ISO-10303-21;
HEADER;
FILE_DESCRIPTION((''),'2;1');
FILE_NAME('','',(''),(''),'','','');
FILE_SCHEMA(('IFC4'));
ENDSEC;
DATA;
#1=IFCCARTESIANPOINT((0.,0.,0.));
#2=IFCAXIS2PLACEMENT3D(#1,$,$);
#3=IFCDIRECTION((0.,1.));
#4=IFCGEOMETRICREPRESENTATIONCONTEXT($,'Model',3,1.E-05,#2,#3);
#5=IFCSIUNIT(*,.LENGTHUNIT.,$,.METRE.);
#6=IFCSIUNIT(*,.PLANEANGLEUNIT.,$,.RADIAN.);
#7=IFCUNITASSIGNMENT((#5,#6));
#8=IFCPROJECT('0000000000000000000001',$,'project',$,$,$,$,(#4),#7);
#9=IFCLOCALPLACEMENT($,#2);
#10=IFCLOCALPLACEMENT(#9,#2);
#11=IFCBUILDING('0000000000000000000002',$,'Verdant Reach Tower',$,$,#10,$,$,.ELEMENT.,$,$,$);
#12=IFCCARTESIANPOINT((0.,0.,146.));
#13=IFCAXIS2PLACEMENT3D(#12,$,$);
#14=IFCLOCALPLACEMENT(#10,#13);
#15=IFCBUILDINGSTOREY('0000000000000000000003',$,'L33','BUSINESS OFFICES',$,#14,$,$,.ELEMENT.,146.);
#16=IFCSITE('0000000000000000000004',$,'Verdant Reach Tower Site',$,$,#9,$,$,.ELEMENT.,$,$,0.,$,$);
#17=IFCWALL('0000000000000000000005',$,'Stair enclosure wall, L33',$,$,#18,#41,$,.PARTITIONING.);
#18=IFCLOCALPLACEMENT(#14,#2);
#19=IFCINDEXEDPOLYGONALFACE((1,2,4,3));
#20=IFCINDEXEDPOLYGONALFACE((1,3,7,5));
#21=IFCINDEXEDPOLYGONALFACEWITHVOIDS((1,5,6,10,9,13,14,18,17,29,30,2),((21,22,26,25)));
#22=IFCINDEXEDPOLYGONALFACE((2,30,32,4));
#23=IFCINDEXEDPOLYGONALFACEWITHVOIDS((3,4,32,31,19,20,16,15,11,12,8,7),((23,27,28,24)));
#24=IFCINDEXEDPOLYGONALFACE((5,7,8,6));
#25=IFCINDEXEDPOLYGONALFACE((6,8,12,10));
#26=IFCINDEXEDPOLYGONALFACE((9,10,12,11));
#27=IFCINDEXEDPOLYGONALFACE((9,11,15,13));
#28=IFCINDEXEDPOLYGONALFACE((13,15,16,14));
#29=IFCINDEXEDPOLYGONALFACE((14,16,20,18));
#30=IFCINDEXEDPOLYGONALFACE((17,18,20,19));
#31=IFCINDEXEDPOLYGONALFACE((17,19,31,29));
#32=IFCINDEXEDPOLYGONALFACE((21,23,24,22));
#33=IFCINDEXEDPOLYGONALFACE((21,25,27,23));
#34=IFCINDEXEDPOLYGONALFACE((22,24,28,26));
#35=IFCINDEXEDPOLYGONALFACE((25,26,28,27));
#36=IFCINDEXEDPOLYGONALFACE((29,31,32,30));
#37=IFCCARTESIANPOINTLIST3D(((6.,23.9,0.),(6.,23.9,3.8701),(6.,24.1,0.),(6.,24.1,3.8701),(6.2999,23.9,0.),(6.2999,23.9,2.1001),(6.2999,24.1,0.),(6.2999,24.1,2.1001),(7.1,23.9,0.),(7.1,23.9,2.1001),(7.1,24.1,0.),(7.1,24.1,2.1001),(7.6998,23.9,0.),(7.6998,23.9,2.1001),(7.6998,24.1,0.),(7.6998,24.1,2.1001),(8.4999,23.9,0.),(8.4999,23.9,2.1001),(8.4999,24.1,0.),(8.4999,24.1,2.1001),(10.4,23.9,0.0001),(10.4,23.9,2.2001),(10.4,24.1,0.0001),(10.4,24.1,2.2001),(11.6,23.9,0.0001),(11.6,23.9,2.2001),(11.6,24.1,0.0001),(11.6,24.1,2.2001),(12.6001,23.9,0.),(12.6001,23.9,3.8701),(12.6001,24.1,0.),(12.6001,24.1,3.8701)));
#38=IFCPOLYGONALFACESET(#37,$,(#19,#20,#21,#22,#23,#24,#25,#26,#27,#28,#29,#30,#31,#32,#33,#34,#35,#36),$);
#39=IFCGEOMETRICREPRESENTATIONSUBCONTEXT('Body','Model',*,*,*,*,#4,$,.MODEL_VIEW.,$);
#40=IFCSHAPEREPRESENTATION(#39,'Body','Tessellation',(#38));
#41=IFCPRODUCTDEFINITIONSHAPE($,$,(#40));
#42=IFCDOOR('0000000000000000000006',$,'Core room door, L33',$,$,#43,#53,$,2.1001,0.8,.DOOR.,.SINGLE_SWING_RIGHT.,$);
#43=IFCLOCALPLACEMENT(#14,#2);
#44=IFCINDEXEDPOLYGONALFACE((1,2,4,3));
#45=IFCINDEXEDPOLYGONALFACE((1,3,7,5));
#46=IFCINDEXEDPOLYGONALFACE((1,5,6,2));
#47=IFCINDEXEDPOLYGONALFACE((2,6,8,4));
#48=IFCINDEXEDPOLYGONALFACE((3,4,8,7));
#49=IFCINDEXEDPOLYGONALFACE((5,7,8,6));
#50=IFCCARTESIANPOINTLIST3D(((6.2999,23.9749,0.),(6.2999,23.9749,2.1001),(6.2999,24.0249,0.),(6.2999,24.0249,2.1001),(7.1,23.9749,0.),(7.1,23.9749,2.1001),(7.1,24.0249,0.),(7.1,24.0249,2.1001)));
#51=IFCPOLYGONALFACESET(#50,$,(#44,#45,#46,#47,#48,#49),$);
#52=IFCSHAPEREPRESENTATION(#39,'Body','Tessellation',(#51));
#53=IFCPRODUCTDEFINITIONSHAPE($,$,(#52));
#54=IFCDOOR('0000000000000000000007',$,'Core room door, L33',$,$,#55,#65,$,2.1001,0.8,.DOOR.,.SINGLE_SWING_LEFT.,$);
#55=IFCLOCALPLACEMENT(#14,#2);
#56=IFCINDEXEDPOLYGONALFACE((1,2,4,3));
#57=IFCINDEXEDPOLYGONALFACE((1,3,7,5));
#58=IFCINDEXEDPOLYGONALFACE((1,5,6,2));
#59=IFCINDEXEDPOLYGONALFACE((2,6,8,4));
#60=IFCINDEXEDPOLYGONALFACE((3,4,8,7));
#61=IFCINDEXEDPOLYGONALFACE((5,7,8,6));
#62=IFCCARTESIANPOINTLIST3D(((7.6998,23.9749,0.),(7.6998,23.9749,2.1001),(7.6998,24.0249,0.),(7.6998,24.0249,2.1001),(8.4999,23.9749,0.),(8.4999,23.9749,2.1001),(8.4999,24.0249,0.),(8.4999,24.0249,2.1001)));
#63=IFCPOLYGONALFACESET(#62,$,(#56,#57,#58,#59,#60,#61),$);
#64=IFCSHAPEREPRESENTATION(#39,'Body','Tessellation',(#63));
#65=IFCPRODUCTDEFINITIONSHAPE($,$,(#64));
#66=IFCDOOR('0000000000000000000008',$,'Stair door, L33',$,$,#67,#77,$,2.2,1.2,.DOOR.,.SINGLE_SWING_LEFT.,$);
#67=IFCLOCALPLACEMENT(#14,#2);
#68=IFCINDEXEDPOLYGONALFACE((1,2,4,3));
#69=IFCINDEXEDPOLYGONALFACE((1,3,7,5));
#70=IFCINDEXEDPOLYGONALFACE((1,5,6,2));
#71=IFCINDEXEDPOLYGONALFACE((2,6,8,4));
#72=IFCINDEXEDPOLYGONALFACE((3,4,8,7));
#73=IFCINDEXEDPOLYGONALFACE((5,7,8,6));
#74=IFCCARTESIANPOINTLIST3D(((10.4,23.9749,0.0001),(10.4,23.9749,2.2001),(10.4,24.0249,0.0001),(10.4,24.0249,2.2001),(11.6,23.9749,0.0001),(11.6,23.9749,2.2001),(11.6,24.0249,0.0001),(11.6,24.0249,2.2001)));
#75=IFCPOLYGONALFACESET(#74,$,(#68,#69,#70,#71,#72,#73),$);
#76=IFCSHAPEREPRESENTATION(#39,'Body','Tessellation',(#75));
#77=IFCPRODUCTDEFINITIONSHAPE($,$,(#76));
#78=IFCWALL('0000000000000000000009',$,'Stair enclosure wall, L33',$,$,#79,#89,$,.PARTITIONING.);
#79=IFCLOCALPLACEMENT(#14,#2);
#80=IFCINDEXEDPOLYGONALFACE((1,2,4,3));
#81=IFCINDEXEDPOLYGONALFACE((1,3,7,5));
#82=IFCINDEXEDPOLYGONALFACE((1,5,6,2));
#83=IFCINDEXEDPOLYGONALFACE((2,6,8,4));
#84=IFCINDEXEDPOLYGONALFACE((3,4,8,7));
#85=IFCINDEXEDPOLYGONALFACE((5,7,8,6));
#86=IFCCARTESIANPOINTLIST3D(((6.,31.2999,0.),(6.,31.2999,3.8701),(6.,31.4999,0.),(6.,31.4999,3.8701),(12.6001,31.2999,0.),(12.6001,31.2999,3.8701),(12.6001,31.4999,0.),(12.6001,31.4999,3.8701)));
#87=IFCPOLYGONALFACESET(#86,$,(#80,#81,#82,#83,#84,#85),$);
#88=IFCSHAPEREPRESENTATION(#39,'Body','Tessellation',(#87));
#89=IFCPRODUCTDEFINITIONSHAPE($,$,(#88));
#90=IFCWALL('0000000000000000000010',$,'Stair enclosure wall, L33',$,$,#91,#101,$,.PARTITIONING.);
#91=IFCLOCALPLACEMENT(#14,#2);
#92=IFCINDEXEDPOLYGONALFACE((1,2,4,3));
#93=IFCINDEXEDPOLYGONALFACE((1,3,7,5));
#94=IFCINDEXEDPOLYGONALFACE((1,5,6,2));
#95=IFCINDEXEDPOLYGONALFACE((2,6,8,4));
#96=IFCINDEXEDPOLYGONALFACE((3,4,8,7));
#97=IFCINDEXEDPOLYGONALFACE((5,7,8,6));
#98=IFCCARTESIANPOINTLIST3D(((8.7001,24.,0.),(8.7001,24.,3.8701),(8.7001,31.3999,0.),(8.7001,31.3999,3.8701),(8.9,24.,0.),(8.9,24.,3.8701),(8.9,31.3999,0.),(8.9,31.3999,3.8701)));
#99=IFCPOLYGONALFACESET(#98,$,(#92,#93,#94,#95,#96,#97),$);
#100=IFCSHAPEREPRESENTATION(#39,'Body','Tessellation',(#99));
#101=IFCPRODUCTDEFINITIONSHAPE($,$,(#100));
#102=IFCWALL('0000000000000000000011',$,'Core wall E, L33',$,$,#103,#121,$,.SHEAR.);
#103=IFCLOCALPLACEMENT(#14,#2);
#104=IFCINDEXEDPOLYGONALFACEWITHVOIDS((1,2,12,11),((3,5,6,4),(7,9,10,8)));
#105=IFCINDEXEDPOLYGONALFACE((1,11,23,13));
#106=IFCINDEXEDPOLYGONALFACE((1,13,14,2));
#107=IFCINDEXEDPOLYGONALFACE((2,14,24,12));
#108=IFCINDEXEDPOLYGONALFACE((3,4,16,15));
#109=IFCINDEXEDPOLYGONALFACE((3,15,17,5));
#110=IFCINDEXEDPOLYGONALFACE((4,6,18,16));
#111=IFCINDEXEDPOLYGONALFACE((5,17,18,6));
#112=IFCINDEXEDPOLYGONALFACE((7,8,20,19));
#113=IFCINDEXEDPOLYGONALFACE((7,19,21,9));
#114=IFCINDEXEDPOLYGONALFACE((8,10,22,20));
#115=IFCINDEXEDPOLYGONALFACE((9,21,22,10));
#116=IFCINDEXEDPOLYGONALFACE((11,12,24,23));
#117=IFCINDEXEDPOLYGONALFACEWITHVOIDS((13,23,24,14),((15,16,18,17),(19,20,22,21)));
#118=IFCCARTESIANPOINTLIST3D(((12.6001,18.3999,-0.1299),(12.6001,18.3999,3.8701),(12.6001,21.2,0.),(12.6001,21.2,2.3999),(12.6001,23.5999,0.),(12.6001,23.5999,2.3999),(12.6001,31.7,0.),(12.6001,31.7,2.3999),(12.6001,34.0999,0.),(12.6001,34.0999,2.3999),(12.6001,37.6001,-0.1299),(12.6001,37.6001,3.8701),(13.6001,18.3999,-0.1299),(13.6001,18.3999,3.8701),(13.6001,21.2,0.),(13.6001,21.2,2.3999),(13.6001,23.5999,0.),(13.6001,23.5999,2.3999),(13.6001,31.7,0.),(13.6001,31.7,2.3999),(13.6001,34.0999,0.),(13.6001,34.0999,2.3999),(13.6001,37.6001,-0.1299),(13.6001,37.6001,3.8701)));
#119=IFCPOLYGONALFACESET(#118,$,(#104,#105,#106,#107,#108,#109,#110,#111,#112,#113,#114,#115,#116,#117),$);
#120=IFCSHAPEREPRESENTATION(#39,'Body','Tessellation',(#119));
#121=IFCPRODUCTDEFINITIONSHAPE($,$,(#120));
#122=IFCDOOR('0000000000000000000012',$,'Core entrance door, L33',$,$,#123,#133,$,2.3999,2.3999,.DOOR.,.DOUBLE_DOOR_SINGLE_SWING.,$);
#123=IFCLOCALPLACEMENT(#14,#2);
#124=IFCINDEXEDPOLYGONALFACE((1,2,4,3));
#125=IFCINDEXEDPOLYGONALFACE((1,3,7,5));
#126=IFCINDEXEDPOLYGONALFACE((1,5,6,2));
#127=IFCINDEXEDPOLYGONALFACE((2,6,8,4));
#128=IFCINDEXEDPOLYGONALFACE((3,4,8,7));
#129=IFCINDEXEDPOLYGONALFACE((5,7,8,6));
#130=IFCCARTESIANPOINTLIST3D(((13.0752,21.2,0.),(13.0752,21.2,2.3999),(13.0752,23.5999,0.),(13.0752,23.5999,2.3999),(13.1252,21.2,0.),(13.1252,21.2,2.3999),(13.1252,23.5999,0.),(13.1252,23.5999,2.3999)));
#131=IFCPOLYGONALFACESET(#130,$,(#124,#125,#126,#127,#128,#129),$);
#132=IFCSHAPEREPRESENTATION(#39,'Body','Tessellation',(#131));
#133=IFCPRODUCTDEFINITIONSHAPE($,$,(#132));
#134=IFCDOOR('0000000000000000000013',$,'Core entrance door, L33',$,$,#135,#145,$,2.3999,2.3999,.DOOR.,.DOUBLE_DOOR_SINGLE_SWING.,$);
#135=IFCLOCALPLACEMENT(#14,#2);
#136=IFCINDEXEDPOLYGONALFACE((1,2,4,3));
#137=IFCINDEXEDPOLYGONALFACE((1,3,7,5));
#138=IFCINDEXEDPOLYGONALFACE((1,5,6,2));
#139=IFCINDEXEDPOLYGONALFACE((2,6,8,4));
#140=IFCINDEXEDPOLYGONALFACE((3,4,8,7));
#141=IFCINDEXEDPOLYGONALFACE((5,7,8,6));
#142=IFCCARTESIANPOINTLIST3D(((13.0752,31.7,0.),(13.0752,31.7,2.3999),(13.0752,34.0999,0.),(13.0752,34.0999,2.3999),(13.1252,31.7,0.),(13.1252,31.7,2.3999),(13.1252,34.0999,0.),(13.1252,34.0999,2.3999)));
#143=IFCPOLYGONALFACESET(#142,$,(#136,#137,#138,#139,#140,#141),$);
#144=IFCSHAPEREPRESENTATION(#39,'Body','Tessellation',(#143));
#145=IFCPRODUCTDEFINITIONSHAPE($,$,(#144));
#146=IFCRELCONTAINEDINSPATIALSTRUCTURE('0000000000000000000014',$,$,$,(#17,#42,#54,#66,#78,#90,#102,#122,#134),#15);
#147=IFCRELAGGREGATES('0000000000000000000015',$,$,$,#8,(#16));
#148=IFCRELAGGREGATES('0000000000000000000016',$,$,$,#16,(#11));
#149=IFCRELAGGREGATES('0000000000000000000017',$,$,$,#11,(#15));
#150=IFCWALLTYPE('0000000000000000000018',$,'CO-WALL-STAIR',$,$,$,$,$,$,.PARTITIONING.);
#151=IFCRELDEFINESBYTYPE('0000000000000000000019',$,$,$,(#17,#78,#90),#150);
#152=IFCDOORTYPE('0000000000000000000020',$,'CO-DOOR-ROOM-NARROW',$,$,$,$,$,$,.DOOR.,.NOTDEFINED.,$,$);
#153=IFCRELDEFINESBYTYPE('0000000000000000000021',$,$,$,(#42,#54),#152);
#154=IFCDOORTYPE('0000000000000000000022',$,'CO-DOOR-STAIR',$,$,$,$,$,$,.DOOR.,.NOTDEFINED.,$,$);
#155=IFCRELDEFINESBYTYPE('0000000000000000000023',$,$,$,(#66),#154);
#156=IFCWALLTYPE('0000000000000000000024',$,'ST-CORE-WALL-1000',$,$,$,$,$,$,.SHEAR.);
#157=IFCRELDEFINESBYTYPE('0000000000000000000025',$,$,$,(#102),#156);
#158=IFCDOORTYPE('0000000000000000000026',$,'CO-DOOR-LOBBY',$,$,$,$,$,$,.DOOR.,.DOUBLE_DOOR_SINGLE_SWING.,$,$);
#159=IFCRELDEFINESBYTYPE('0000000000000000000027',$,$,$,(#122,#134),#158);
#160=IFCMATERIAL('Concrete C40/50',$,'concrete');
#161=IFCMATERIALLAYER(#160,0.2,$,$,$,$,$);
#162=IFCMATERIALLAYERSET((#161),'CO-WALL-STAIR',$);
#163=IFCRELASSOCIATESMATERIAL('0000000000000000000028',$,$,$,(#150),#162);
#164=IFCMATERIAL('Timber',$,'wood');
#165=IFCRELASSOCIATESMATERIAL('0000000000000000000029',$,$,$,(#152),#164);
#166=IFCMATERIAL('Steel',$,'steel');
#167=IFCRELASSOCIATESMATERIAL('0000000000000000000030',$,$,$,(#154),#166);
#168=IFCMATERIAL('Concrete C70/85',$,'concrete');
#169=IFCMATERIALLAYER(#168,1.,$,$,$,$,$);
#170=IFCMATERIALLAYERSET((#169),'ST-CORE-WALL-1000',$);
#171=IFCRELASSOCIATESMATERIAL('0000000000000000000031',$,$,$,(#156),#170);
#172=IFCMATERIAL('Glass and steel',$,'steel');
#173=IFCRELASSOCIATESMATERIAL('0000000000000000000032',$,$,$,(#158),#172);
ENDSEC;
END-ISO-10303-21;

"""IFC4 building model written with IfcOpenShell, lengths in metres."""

from ifc_helpers import new_model, si_unit, direction, frame, frame_2d, origin, place, context, subcontext, project, spatial, rectangle, extrude, material, layer, layer_set, type_object, element, fill, save


model = new_model("IFC4")

# Units and contexts
model_context = context("Model", 3, precision=1e-05, world=origin(), true_north=direction((0.0, 1.0)))
body_context = subcontext(model_context, "Body", "Model", "MODEL_VIEW")
ifc_project = project(units=[si_unit("LENGTHUNIT", "METRE"), si_unit("PLANEANGLEUNIT", "RADIAN")], contexts=[model_context])

# Site, building, storey
site_placement = place(None, origin())
site = spatial("IfcSite", under=ifc_project, at=site_placement, Name="Verdant Reach Tower Site", CompositionType="ELEMENT", RefElevation=0.0)
building_placement = place(site_placement, origin())
building = spatial("IfcBuilding", under=site, at=building_placement, Name="Verdant Reach Tower", CompositionType="ELEMENT")
storey_placement = place(building_placement, frame((0.0, 0.0, 146.0)))
storey = spatial("IfcBuildingStorey", under=building, at=storey_placement, Name="L33", Description="BUSINESS OFFICES", CompositionType="ELEMENT", Elevation=146.0)

# Shared definitions
ifc_material_1 = material(Name="Timber", Category="wood")

# Shared definitions
ifc_material_2 = material(Name="Concrete C40/50", Category="concrete")

# Wall, openings, doors
ifc_layer_1 = layer(ifc_material_2, 0.2)
ifc_layer_set_1 = layer_set([ifc_layer_1], Name="CO-WALL-STAIR")
wall_type_1 = type_object("IfcWallType", Name="CO-WALL-STAIR", PredefinedType="PARTITIONING", material=ifc_layer_set_1)
wall_1_placement = place(storey_placement, frame((6.0, 24.0, 0.0), z_axis=(0.0, 0.0, 1.0), x_axis=(1.0, 0.0, 0.0)))
wall_1 = element("IfcWall", 1, at=wall_1_placement, inside=storey, type_object=wall_type_1, Name="Stair enclosure wall, L33", PredefinedType="PARTITIONING", context=body_context, shape_type="SweptSolid", body=[
    extrude(rectangle(XDim=6.6001, YDim=0.2, at=frame_2d((3.3, 0.0))), origin(), (0.0, 0.0, 1.0), 3.8701),
])
opening_1_placement = place(wall_1_placement, frame((0.3, 0.0, 0.0)))
opening_1 = element("IfcOpeningElement", 2, at=opening_1_placement, cuts=wall_1, PredefinedType="OPENING", context=body_context, shape_type="SweptSolid", body=[
    extrude(rectangle(XDim=0.8, YDim=2.1001, at=frame_2d((0.3999, 1.05))), frame((0.0, 0.1099, 0.0), z_axis=(0.0, -1.0, 0.0), x_axis=(1.0, 0.0, 0.0)), (0.0, 0.0, 1.0), 0.22),
])
opening_2_placement = place(wall_1_placement, frame((1.7, 0.0, 0.0)))
opening_2 = element("IfcOpeningElement", 3, at=opening_2_placement, cuts=wall_1, PredefinedType="OPENING", context=body_context, shape_type="SweptSolid", body=[
    extrude(rectangle(XDim=0.8, YDim=2.1001, at=frame_2d((0.3999, 1.05))), frame((0.0, 0.1099, 0.0), z_axis=(0.0, -1.0, 0.0), x_axis=(1.0, 0.0, 0.0)), (0.0, 0.0, 1.0), 0.22),
])
opening_3_placement = place(wall_1_placement, frame((4.3999, 0.0, 0.0)))
opening_3 = element("IfcOpeningElement", 4, at=opening_3_placement, cuts=wall_1, PredefinedType="OPENING", context=body_context, shape_type="SweptSolid", body=[
    extrude(rectangle(XDim=1.2, YDim=2.2, at=frame_2d((0.6001, 1.1001))), frame((0.0, 0.1099, 0.0), z_axis=(0.0, -1.0, 0.0), x_axis=(1.0, 0.0, 0.0)), (0.0, 0.0, 1.0), 0.22),
])
door_type_1 = type_object("IfcDoorType", Name="CO-DOOR-ROOM-NARROW", OperationType="NOTDEFINED", PredefinedType="DOOR", material=ifc_material_1)
door_1_placement = place(opening_1_placement, origin())
door_1 = element("IfcDoor", 5, at=door_1_placement, inside=storey, type_object=door_type_1, Name="Core room door, L33", OperationType="SINGLE_SWING_RIGHT", OverallHeight=2.1001, OverallWidth=0.8, PredefinedType="DOOR", context=body_context, shape_type="SweptSolid", body=[
    extrude(rectangle(XDim=0.8, YDim=2.1001, at=frame_2d((0.3999, 1.05))), frame((0.0, 0.0249, 0.0), z_axis=(0.0, -1.0, 0.0), x_axis=(1.0, 0.0, 0.0)), (0.0, 0.0, 1.0), 0.05),
])
fill(opening_1, door_1)
door_2_placement = place(opening_2_placement, origin())
door_2 = element("IfcDoor", 6, at=door_2_placement, inside=storey, type_object=door_type_1, Name="Core room door, L33", OperationType="SINGLE_SWING_LEFT", OverallHeight=2.1001, OverallWidth=0.8, PredefinedType="DOOR", context=body_context, shape_type="SweptSolid", body=[
    extrude(rectangle(XDim=0.8, YDim=2.1001, at=frame_2d((0.3999, 1.05))), frame((0.0, 0.0249, 0.0), z_axis=(0.0, -1.0, 0.0), x_axis=(1.0, 0.0, 0.0)), (0.0, 0.0, 1.0), 0.05),
])
fill(opening_2, door_2)
ifc_material_3 = material(Name="Steel", Category="steel")
door_type_2 = type_object("IfcDoorType", Name="CO-DOOR-STAIR", OperationType="NOTDEFINED", PredefinedType="DOOR", material=ifc_material_3)
door_3_placement = place(opening_3_placement, origin())
door_3 = element("IfcDoor", 7, at=door_3_placement, inside=storey, type_object=door_type_2, Name="Stair door, L33", OperationType="SINGLE_SWING_LEFT", OverallHeight=2.2, OverallWidth=1.2, PredefinedType="DOOR", context=body_context, shape_type="SweptSolid", body=[
    extrude(rectangle(XDim=1.2, YDim=2.2, at=frame_2d((0.6001, 1.1001))), frame((0.0, 0.0249, 0.0), z_axis=(0.0, -1.0, 0.0), x_axis=(1.0, 0.0, 0.0)), (0.0, 0.0, 1.0), 0.05),
])
fill(opening_3, door_3)

# Walls
wall_2_placement = place(storey_placement, frame((6.0, 31.3999, 0.0), z_axis=(0.0, 0.0, 1.0), x_axis=(1.0, 0.0, 0.0)))
element("IfcWall", 8, at=wall_2_placement, inside=storey, type_object=wall_type_1, Name="Stair enclosure wall, L33", PredefinedType="PARTITIONING", context=body_context, shape_type="SweptSolid", body=[
    extrude(rectangle(XDim=6.6001, YDim=0.2, at=frame_2d((3.3, 0.0))), origin(), (0.0, 0.0, 1.0), 3.8701),
])
wall_3_placement = place(storey_placement, frame((8.8, 24.0, 0.0), z_axis=(0.0, 0.0, 1.0), x_axis=(0.0, 1.0, 0.0)))
element("IfcWall", 9, at=wall_3_placement, inside=storey, type_object=wall_type_1, Name="Stair enclosure wall, L33", PredefinedType="PARTITIONING", context=body_context, shape_type="SweptSolid", body=[
    extrude(rectangle(XDim=7.3999, YDim=0.2, at=frame_2d((3.7, 0.0))), origin(), (0.0, 0.0, 1.0), 3.8701),
])

# Wall, openings, doors
ifc_material_4 = material(Name="Concrete C70/85", Category="concrete")
ifc_layer_2 = layer(ifc_material_4, 1.0)
ifc_layer_set_2 = layer_set([ifc_layer_2], Name="ST-CORE-WALL-1000")
wall_type_2 = type_object("IfcWallType", Name="ST-CORE-WALL-1000", PredefinedType="SHEAR", material=ifc_layer_set_2)
wall_4_placement = place(storey_placement, frame((13.1001, 18.3999, -0.1299), z_axis=(0.0, 0.0, 1.0), x_axis=(0.0, 1.0, 0.0)))
wall_4 = element("IfcWall", 10, at=wall_4_placement, inside=storey, type_object=wall_type_2, Name="Core wall E, L33", PredefinedType="SHEAR", context=body_context, shape_type="SweptSolid", body=[
    extrude(rectangle(XDim=19.2002, YDim=1.0, at=frame_2d((9.6001, 0.0))), origin(), (0.0, 0.0, 1.0), 4.0),
])
opening_4_placement = place(wall_4_placement, frame((2.8, 0.0, 0.1299)))
opening_4 = element("IfcOpeningElement", 11, at=opening_4_placement, cuts=wall_4, PredefinedType="OPENING", context=body_context, shape_type="SweptSolid", body=[
    extrude(rectangle(XDim=2.3999, YDim=2.3999, at=frame_2d((1.2, 1.2))), frame((0.0, 0.51, 0.0), z_axis=(0.0, -1.0, 0.0), x_axis=(1.0, 0.0, 0.0)), (0.0, 0.0, 1.0), 1.02),
])
opening_5_placement = place(wall_4_placement, frame((13.3, 0.0, 0.1299)))
opening_5 = element("IfcOpeningElement", 12, at=opening_5_placement, cuts=wall_4, PredefinedType="OPENING", context=body_context, shape_type="SweptSolid", body=[
    extrude(rectangle(XDim=2.3999, YDim=2.3999, at=frame_2d((1.2, 1.2))), frame((0.0, 0.51, 0.0), z_axis=(0.0, -1.0, 0.0), x_axis=(1.0, 0.0, 0.0)), (0.0, 0.0, 1.0), 1.02),
])
ifc_material_5 = material(Name="Glass and steel", Category="steel")
door_type_3 = type_object("IfcDoorType", Name="CO-DOOR-LOBBY", OperationType="DOUBLE_DOOR_SINGLE_SWING", PredefinedType="DOOR", material=ifc_material_5)
door_4_placement = place(opening_4_placement, origin())
door_4 = element("IfcDoor", 13, at=door_4_placement, inside=storey, type_object=door_type_3, Name="Core entrance door, L33", OperationType="DOUBLE_DOOR_SINGLE_SWING", OverallHeight=2.3999, OverallWidth=2.3999, PredefinedType="DOOR", context=body_context, shape_type="SweptSolid", body=[
    extrude(rectangle(XDim=2.3999, YDim=2.3999, at=frame_2d((1.2, 1.2))), frame((0.0, 0.0249, 0.0), z_axis=(0.0, -1.0, 0.0), x_axis=(1.0, 0.0, 0.0)), (0.0, 0.0, 1.0), 0.05),
])
fill(opening_4, door_4)
door_5_placement = place(opening_5_placement, origin())
door_5 = element("IfcDoor", 14, at=door_5_placement, inside=storey, type_object=door_type_3, Name="Core entrance door, L33", OperationType="DOUBLE_DOOR_SINGLE_SWING", OverallHeight=2.3999, OverallWidth=2.3999, PredefinedType="DOOR", context=body_context, shape_type="SweptSolid", body=[
    extrude(rectangle(XDim=2.3999, YDim=2.3999, at=frame_2d((1.2, 1.2))), frame((0.0, 0.0249, 0.0), z_axis=(0.0, -1.0, 0.0), x_axis=(1.0, 0.0, 0.0)), (0.0, 0.0, 1.0), 0.05),
])
fill(opening_5, door_5)

save(model, "model.ifc")
